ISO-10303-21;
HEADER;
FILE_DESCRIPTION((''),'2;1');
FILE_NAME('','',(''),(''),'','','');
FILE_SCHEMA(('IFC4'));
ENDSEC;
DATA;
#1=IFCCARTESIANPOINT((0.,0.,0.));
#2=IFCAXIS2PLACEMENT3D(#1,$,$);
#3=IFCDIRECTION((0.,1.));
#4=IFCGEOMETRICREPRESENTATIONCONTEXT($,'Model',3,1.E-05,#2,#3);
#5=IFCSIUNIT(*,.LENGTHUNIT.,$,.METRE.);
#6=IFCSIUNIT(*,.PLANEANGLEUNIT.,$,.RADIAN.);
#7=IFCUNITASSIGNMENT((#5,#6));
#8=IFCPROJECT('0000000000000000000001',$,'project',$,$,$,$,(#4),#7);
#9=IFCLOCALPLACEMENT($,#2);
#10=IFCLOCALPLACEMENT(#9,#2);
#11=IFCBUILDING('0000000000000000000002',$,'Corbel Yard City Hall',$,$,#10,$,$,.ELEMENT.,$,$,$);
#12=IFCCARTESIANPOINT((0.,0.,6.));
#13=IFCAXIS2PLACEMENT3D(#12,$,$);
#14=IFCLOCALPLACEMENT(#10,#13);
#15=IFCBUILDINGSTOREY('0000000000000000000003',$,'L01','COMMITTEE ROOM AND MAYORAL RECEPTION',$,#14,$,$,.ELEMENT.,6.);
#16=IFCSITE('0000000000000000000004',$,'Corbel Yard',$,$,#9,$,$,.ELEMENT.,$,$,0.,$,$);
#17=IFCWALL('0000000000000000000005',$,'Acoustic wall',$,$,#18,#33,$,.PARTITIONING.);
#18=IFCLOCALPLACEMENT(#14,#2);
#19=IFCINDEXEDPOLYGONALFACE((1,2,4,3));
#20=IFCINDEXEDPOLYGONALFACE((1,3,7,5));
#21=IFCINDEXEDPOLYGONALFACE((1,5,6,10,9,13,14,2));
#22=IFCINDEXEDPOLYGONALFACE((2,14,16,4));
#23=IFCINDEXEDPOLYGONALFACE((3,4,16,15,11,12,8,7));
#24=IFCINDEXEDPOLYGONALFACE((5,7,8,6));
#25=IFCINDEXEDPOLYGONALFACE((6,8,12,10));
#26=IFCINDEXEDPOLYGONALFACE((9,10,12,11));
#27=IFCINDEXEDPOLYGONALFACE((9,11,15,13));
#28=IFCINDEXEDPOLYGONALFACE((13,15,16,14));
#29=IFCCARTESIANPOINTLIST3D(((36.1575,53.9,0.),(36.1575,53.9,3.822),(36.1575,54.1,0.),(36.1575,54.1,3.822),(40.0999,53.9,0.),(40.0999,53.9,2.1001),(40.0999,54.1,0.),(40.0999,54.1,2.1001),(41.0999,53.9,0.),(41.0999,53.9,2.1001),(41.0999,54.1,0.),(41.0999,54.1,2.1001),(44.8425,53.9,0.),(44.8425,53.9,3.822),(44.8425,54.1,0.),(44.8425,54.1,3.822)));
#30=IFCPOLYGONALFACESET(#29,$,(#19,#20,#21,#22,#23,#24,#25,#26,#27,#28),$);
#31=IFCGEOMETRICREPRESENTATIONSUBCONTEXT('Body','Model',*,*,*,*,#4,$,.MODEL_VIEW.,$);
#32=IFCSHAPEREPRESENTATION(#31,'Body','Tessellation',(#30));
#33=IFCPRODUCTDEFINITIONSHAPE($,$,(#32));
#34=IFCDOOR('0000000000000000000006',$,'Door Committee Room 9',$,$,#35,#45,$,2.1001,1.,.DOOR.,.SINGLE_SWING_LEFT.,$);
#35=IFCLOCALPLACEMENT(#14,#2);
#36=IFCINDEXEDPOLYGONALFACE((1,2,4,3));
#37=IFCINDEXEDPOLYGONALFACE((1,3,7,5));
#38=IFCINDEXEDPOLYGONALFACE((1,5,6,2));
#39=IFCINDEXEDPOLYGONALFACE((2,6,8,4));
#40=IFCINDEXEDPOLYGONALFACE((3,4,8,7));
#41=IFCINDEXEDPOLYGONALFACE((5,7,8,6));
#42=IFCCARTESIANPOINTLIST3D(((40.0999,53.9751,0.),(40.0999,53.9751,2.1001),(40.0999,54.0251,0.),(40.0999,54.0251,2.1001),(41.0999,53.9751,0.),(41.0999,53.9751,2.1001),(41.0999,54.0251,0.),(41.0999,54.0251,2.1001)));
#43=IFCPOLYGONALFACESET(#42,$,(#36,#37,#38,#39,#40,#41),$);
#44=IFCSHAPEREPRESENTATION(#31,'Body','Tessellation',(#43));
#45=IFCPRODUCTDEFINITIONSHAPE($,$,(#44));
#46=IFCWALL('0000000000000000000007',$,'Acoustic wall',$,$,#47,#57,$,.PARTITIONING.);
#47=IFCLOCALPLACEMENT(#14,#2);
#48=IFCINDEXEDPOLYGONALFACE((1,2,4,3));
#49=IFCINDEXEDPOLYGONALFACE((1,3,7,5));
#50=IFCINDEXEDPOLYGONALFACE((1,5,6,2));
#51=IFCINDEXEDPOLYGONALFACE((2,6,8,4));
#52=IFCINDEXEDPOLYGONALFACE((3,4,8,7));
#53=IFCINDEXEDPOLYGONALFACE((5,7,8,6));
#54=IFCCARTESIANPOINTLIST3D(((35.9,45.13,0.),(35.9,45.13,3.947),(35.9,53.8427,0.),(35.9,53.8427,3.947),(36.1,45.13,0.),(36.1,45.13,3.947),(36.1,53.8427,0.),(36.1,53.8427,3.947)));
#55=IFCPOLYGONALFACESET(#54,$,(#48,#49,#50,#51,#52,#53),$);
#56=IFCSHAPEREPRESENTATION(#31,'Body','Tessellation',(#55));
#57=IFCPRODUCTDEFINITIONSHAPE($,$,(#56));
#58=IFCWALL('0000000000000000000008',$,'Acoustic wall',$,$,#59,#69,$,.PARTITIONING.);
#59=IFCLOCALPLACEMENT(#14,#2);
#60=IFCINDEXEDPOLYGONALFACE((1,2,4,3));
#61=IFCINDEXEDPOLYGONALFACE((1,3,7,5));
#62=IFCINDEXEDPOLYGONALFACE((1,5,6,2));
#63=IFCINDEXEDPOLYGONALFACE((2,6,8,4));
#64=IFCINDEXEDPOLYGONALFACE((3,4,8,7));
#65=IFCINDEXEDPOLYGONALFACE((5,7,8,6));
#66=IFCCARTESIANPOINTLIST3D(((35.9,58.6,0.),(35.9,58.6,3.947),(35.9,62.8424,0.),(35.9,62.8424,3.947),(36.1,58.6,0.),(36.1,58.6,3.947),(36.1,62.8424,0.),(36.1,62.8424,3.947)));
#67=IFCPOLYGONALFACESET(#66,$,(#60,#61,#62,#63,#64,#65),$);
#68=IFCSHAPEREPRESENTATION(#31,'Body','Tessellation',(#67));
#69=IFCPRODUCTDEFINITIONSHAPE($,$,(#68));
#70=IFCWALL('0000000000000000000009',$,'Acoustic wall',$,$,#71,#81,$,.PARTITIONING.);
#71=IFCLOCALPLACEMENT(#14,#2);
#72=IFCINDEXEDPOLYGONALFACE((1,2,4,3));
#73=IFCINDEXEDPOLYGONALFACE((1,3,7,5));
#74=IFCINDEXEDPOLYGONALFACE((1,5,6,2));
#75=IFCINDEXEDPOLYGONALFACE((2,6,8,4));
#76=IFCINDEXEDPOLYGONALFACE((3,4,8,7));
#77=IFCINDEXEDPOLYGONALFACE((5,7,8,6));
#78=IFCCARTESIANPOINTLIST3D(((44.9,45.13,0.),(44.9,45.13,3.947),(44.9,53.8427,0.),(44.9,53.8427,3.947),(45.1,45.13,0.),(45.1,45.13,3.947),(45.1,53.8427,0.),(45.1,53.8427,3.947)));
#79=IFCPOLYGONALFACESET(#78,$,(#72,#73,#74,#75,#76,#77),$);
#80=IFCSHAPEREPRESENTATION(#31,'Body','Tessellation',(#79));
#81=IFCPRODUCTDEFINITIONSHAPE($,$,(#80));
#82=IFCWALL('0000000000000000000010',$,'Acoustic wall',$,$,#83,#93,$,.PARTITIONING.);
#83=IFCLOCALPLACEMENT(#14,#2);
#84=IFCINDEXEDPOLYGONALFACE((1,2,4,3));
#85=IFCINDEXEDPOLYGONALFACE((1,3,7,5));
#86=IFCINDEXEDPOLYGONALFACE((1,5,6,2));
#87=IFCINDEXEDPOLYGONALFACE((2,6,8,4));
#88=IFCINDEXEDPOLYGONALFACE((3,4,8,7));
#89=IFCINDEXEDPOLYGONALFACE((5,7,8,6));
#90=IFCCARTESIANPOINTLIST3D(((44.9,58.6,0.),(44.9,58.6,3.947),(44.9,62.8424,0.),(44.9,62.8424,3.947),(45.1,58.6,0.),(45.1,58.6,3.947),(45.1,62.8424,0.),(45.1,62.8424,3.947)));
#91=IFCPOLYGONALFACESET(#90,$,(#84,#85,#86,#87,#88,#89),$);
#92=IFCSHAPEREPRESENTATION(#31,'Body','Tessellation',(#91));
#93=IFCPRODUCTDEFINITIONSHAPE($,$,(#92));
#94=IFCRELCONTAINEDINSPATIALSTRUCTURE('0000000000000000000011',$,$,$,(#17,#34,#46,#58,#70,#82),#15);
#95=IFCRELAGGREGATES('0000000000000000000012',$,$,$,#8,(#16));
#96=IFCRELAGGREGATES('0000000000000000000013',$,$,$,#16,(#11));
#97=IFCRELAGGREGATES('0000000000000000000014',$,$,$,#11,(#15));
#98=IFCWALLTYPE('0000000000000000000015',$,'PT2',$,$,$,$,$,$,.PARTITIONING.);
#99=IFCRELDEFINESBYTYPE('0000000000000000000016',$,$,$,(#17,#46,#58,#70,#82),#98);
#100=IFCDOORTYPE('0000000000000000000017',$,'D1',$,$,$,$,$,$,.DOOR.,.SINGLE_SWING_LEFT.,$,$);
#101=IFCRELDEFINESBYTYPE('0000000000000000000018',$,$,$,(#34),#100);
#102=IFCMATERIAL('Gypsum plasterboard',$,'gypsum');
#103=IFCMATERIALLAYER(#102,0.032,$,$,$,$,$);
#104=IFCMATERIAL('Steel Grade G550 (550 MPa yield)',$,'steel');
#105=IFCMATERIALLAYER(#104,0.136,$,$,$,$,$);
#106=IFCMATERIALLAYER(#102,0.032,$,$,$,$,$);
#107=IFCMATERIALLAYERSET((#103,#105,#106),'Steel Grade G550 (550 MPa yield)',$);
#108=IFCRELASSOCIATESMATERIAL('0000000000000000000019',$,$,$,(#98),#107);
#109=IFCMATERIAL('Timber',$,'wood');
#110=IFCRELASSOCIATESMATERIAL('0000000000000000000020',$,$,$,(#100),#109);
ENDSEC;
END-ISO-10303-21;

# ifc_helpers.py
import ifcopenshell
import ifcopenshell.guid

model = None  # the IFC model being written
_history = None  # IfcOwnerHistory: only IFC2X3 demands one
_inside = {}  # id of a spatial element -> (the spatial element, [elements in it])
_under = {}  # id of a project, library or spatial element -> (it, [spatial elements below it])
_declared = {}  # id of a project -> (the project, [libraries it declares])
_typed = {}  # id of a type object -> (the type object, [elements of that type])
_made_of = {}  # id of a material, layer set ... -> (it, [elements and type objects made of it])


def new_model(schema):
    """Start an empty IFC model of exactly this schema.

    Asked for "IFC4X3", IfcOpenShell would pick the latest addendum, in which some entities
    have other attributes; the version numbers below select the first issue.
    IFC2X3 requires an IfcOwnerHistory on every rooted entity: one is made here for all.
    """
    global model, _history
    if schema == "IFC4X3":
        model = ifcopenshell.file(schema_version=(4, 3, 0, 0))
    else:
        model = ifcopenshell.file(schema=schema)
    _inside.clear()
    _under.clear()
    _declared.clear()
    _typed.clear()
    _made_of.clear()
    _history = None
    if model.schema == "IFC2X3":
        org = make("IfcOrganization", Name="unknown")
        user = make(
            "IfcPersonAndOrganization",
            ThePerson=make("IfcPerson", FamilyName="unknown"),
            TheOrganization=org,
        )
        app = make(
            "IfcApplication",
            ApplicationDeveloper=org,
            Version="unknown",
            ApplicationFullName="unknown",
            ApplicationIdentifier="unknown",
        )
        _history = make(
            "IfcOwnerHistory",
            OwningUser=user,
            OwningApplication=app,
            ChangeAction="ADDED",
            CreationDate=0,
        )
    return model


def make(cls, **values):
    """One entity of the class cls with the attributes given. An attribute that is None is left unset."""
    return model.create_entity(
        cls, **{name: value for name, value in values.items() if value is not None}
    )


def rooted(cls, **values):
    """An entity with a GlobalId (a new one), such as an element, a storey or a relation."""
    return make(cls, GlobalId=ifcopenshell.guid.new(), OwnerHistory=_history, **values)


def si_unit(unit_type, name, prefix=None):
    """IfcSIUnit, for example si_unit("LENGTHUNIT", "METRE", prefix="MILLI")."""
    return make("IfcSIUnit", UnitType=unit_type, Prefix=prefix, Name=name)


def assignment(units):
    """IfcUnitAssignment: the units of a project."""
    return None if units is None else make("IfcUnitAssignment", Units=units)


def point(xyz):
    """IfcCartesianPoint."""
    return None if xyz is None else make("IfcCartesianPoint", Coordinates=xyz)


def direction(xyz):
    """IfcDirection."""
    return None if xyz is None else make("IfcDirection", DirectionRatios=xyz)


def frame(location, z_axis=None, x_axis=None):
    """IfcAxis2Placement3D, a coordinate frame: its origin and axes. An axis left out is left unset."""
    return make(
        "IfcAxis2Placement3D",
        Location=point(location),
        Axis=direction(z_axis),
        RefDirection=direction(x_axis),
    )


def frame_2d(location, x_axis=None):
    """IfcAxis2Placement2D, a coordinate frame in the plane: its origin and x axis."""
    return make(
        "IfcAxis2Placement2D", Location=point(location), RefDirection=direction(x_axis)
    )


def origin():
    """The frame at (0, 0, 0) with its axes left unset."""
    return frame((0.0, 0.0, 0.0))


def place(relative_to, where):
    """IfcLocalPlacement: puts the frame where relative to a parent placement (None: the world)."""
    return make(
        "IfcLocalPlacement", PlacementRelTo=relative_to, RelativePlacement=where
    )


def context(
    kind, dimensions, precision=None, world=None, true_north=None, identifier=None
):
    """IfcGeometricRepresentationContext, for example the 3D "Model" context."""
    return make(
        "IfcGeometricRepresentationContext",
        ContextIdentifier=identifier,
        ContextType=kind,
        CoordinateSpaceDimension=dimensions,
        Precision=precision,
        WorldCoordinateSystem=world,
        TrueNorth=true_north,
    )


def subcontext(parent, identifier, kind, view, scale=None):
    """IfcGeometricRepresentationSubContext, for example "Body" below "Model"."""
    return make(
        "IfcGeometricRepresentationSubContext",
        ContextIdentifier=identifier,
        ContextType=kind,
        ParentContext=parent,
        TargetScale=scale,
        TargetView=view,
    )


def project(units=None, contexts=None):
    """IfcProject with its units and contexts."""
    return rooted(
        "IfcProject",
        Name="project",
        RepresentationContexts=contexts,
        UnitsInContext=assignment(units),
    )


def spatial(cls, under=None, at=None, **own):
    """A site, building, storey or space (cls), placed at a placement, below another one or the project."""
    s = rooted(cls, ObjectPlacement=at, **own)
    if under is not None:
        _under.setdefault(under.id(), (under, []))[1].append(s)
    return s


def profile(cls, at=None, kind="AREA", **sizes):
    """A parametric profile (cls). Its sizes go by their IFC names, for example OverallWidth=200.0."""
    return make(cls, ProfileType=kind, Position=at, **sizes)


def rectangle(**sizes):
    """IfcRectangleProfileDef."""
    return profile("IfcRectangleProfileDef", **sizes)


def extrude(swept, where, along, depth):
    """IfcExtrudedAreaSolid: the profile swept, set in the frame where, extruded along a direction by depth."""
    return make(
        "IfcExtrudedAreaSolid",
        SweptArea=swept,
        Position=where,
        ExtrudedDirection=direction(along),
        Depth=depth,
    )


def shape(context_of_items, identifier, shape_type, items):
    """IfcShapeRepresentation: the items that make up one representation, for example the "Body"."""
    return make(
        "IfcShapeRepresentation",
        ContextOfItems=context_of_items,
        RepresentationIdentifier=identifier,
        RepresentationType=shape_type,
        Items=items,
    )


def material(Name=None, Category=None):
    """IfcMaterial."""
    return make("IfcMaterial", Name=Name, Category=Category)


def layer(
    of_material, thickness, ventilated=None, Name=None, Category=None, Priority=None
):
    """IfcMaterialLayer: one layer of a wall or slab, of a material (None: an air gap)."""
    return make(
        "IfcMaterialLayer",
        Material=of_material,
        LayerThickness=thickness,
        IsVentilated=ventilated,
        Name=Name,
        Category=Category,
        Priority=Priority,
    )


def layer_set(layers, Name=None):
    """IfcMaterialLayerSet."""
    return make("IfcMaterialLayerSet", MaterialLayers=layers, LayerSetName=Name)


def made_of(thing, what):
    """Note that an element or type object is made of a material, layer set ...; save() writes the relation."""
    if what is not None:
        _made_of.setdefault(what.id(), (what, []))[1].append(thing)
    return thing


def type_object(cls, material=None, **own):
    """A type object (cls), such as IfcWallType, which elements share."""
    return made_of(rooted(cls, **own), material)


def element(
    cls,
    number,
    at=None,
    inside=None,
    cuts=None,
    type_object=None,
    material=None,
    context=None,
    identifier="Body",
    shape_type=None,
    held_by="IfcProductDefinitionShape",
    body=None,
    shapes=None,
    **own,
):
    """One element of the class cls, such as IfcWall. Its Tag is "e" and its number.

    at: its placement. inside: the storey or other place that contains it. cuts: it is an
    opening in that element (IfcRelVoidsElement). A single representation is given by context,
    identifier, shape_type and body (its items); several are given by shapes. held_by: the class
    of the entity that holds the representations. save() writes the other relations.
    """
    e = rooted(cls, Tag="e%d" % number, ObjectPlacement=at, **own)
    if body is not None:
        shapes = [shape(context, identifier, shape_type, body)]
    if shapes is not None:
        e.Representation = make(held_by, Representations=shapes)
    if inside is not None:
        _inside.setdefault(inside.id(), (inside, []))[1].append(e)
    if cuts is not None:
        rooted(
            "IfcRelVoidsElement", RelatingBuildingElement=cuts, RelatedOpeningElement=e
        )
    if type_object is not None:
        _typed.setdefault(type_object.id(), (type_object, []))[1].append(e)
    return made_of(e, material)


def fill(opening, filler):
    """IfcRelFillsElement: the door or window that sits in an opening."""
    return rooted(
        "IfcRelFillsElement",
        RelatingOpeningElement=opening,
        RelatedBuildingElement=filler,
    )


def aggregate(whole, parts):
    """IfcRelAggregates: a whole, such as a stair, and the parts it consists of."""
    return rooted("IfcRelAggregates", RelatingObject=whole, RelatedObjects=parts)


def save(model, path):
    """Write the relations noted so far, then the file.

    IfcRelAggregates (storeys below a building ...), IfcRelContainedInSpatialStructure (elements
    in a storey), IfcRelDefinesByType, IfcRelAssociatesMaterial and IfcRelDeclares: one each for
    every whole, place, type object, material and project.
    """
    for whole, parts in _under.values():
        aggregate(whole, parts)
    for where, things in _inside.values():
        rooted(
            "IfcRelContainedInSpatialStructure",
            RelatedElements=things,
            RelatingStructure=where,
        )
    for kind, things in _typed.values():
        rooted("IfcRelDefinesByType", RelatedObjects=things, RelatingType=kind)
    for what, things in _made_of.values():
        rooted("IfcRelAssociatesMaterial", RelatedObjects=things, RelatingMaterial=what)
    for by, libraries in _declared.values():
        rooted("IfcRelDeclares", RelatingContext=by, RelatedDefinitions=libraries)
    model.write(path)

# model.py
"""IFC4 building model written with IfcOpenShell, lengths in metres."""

from ifc_helpers import new_model, si_unit, direction, frame, frame_2d, origin, place, context, subcontext, project, spatial, rectangle, extrude, material, layer, layer_set, type_object, element, fill, save


model = new_model("IFC4")

# Units and contexts
model_context = context("Model", 3, precision=1e-05, world=origin(), true_north=direction((0.0, 1.0)))
body_context = subcontext(model_context, "Body", "Model", "MODEL_VIEW")
ifc_project = project(units=[si_unit("LENGTHUNIT", "METRE"), si_unit("PLANEANGLEUNIT", "RADIAN")], contexts=[model_context])

# Site, building, storey
site_placement = place(None, origin())
site = spatial("IfcSite", under=ifc_project, at=site_placement, Name="Corbel Yard", CompositionType="ELEMENT", RefElevation=0.0)
building_placement = place(site_placement, origin())
building = spatial("IfcBuilding", under=site, at=building_placement, Name="Corbel Yard City Hall", CompositionType="ELEMENT")
storey_placement = place(building_placement, frame((0.0, 0.0, 6.0)))
storey = spatial("IfcBuildingStorey", under=building, at=storey_placement, Name="L01", Description="COMMITTEE ROOM AND MAYORAL RECEPTION", CompositionType="ELEMENT", Elevation=6.0)

# Wall, opening, door
ifc_material_1 = material(Name="Gypsum plasterboard", Category="gypsum")
ifc_layer_1 = layer(ifc_material_1, 0.032)
ifc_material_2 = material(Name="Steel Grade G550 (550 MPa yield)", Category="steel")
ifc_layer_2 = layer(ifc_material_2, 0.136)
ifc_layer_3 = layer(ifc_material_1, 0.032)
ifc_layer_set_1 = layer_set([ifc_layer_1, ifc_layer_2, ifc_layer_3], Name="Steel Grade G550 (550 MPa yield)")
wall_type_1 = type_object("IfcWallType", Name="PT2", PredefinedType="PARTITIONING", material=ifc_layer_set_1)
wall_1_placement = place(storey_placement, frame((36.1575, 54.0, 0.0), z_axis=(0.0, 0.0, 1.0), x_axis=(1.0, 0.0, 0.0)))
wall_1 = element("IfcWall", 1, at=wall_1_placement, inside=storey, type_object=wall_type_1, Name="Acoustic wall", PredefinedType="PARTITIONING", context=body_context, shape_type="SweptSolid", body=[
    extrude(rectangle(XDim=8.6851, YDim=0.2, at=frame_2d((4.3425, 0.0))), origin(), (0.0, 0.0, 1.0), 3.822),
])
opening_1_placement = place(wall_1_placement, frame((3.9424, 0.0, 0.0)))
opening_1 = element("IfcOpeningElement", 2, at=opening_1_placement, cuts=wall_1, PredefinedType="OPENING", context=body_context, shape_type="SweptSolid", body=[
    extrude(rectangle(XDim=1.0, YDim=2.1001, at=frame_2d((0.5, 1.05))), frame((0.0, 0.1099, 0.0), z_axis=(0.0, -1.0, 0.0), x_axis=(1.0, 0.0, 0.0)), (0.0, 0.0, 1.0), 0.22),
])
ifc_material_3 = material(Name="Timber", Category="wood")
door_type = type_object("IfcDoorType", Name="D1", OperationType="SINGLE_SWING_LEFT", PredefinedType="DOOR", material=ifc_material_3)
door_placement = place(opening_1_placement, frame((1.0, 0.0, 0.0), z_axis=(0.0, 0.0, 1.0), x_axis=(-1.0, 0.0, 0.0)))
door = element("IfcDoor", 3, at=door_placement, inside=storey, type_object=door_type, Name="Door Committee Room 9", OperationType="SINGLE_SWING_LEFT", OverallHeight=2.1001, OverallWidth=1.0, PredefinedType="DOOR", context=body_context, shape_type="SweptSolid", body=[
    extrude(rectangle(XDim=1.0, YDim=2.1001, at=frame_2d((0.5, 1.05))), frame((0.0, 0.0249, 0.0), z_axis=(0.0, -1.0, 0.0), x_axis=(1.0, 0.0, 0.0)), (0.0, 0.0, 1.0), 0.05),
])
fill(opening_1, door)

# Walls
wall_2_placement = place(storey_placement, frame((36.0, 45.1299, 0.0), z_axis=(0.0, 0.0, 1.0), x_axis=(0.0, 1.0, 0.0)))
element("IfcWall", 4, at=wall_2_placement, inside=storey, type_object=wall_type_1, Name="Acoustic wall", PredefinedType="PARTITIONING", context=body_context, shape_type="SweptSolid", body=[
    extrude(rectangle(XDim=8.7126, YDim=0.2, at=frame_2d((4.3564, 0.0))), origin(), (0.0, 0.0, 1.0), 3.947),
])
wall_3_placement = place(storey_placement, frame((36.0, 58.6001, 0.0), z_axis=(0.0, 0.0, 1.0), x_axis=(0.0, 1.0, 0.0)))
element("IfcWall", 5, at=wall_3_placement, inside=storey, type_object=wall_type_1, Name="Acoustic wall", PredefinedType="PARTITIONING", context=body_context, shape_type="SweptSolid", body=[
    extrude(rectangle(XDim=4.2424, YDim=0.2, at=frame_2d((2.1211, 0.0))), origin(), (0.0, 0.0, 1.0), 3.947),
])
wall_4_placement = place(storey_placement, frame((45.0, 45.1299, 0.0), z_axis=(0.0, 0.0, 1.0), x_axis=(0.0, 1.0, 0.0)))
element("IfcWall", 6, at=wall_4_placement, inside=storey, type_object=wall_type_1, Name="Acoustic wall", PredefinedType="PARTITIONING", context=body_context, shape_type="SweptSolid", body=[
    extrude(rectangle(XDim=8.7126, YDim=0.2, at=frame_2d((4.3564, 0.0))), origin(), (0.0, 0.0, 1.0), 3.947),
])
wall_5_placement = place(storey_placement, frame((45.0, 58.6001, 0.0), z_axis=(0.0, 0.0, 1.0), x_axis=(0.0, 1.0, 0.0)))
element("IfcWall", 7, at=wall_5_placement, inside=storey, type_object=wall_type_1, Name="Acoustic wall", PredefinedType="PARTITIONING", context=body_context, shape_type="SweptSolid", body=[
    extrude(rectangle(XDim=4.2424, YDim=0.2, at=frame_2d((2.1211, 0.0))), origin(), (0.0, 0.0, 1.0), 3.947),
])

save(model, "model.ifc")
